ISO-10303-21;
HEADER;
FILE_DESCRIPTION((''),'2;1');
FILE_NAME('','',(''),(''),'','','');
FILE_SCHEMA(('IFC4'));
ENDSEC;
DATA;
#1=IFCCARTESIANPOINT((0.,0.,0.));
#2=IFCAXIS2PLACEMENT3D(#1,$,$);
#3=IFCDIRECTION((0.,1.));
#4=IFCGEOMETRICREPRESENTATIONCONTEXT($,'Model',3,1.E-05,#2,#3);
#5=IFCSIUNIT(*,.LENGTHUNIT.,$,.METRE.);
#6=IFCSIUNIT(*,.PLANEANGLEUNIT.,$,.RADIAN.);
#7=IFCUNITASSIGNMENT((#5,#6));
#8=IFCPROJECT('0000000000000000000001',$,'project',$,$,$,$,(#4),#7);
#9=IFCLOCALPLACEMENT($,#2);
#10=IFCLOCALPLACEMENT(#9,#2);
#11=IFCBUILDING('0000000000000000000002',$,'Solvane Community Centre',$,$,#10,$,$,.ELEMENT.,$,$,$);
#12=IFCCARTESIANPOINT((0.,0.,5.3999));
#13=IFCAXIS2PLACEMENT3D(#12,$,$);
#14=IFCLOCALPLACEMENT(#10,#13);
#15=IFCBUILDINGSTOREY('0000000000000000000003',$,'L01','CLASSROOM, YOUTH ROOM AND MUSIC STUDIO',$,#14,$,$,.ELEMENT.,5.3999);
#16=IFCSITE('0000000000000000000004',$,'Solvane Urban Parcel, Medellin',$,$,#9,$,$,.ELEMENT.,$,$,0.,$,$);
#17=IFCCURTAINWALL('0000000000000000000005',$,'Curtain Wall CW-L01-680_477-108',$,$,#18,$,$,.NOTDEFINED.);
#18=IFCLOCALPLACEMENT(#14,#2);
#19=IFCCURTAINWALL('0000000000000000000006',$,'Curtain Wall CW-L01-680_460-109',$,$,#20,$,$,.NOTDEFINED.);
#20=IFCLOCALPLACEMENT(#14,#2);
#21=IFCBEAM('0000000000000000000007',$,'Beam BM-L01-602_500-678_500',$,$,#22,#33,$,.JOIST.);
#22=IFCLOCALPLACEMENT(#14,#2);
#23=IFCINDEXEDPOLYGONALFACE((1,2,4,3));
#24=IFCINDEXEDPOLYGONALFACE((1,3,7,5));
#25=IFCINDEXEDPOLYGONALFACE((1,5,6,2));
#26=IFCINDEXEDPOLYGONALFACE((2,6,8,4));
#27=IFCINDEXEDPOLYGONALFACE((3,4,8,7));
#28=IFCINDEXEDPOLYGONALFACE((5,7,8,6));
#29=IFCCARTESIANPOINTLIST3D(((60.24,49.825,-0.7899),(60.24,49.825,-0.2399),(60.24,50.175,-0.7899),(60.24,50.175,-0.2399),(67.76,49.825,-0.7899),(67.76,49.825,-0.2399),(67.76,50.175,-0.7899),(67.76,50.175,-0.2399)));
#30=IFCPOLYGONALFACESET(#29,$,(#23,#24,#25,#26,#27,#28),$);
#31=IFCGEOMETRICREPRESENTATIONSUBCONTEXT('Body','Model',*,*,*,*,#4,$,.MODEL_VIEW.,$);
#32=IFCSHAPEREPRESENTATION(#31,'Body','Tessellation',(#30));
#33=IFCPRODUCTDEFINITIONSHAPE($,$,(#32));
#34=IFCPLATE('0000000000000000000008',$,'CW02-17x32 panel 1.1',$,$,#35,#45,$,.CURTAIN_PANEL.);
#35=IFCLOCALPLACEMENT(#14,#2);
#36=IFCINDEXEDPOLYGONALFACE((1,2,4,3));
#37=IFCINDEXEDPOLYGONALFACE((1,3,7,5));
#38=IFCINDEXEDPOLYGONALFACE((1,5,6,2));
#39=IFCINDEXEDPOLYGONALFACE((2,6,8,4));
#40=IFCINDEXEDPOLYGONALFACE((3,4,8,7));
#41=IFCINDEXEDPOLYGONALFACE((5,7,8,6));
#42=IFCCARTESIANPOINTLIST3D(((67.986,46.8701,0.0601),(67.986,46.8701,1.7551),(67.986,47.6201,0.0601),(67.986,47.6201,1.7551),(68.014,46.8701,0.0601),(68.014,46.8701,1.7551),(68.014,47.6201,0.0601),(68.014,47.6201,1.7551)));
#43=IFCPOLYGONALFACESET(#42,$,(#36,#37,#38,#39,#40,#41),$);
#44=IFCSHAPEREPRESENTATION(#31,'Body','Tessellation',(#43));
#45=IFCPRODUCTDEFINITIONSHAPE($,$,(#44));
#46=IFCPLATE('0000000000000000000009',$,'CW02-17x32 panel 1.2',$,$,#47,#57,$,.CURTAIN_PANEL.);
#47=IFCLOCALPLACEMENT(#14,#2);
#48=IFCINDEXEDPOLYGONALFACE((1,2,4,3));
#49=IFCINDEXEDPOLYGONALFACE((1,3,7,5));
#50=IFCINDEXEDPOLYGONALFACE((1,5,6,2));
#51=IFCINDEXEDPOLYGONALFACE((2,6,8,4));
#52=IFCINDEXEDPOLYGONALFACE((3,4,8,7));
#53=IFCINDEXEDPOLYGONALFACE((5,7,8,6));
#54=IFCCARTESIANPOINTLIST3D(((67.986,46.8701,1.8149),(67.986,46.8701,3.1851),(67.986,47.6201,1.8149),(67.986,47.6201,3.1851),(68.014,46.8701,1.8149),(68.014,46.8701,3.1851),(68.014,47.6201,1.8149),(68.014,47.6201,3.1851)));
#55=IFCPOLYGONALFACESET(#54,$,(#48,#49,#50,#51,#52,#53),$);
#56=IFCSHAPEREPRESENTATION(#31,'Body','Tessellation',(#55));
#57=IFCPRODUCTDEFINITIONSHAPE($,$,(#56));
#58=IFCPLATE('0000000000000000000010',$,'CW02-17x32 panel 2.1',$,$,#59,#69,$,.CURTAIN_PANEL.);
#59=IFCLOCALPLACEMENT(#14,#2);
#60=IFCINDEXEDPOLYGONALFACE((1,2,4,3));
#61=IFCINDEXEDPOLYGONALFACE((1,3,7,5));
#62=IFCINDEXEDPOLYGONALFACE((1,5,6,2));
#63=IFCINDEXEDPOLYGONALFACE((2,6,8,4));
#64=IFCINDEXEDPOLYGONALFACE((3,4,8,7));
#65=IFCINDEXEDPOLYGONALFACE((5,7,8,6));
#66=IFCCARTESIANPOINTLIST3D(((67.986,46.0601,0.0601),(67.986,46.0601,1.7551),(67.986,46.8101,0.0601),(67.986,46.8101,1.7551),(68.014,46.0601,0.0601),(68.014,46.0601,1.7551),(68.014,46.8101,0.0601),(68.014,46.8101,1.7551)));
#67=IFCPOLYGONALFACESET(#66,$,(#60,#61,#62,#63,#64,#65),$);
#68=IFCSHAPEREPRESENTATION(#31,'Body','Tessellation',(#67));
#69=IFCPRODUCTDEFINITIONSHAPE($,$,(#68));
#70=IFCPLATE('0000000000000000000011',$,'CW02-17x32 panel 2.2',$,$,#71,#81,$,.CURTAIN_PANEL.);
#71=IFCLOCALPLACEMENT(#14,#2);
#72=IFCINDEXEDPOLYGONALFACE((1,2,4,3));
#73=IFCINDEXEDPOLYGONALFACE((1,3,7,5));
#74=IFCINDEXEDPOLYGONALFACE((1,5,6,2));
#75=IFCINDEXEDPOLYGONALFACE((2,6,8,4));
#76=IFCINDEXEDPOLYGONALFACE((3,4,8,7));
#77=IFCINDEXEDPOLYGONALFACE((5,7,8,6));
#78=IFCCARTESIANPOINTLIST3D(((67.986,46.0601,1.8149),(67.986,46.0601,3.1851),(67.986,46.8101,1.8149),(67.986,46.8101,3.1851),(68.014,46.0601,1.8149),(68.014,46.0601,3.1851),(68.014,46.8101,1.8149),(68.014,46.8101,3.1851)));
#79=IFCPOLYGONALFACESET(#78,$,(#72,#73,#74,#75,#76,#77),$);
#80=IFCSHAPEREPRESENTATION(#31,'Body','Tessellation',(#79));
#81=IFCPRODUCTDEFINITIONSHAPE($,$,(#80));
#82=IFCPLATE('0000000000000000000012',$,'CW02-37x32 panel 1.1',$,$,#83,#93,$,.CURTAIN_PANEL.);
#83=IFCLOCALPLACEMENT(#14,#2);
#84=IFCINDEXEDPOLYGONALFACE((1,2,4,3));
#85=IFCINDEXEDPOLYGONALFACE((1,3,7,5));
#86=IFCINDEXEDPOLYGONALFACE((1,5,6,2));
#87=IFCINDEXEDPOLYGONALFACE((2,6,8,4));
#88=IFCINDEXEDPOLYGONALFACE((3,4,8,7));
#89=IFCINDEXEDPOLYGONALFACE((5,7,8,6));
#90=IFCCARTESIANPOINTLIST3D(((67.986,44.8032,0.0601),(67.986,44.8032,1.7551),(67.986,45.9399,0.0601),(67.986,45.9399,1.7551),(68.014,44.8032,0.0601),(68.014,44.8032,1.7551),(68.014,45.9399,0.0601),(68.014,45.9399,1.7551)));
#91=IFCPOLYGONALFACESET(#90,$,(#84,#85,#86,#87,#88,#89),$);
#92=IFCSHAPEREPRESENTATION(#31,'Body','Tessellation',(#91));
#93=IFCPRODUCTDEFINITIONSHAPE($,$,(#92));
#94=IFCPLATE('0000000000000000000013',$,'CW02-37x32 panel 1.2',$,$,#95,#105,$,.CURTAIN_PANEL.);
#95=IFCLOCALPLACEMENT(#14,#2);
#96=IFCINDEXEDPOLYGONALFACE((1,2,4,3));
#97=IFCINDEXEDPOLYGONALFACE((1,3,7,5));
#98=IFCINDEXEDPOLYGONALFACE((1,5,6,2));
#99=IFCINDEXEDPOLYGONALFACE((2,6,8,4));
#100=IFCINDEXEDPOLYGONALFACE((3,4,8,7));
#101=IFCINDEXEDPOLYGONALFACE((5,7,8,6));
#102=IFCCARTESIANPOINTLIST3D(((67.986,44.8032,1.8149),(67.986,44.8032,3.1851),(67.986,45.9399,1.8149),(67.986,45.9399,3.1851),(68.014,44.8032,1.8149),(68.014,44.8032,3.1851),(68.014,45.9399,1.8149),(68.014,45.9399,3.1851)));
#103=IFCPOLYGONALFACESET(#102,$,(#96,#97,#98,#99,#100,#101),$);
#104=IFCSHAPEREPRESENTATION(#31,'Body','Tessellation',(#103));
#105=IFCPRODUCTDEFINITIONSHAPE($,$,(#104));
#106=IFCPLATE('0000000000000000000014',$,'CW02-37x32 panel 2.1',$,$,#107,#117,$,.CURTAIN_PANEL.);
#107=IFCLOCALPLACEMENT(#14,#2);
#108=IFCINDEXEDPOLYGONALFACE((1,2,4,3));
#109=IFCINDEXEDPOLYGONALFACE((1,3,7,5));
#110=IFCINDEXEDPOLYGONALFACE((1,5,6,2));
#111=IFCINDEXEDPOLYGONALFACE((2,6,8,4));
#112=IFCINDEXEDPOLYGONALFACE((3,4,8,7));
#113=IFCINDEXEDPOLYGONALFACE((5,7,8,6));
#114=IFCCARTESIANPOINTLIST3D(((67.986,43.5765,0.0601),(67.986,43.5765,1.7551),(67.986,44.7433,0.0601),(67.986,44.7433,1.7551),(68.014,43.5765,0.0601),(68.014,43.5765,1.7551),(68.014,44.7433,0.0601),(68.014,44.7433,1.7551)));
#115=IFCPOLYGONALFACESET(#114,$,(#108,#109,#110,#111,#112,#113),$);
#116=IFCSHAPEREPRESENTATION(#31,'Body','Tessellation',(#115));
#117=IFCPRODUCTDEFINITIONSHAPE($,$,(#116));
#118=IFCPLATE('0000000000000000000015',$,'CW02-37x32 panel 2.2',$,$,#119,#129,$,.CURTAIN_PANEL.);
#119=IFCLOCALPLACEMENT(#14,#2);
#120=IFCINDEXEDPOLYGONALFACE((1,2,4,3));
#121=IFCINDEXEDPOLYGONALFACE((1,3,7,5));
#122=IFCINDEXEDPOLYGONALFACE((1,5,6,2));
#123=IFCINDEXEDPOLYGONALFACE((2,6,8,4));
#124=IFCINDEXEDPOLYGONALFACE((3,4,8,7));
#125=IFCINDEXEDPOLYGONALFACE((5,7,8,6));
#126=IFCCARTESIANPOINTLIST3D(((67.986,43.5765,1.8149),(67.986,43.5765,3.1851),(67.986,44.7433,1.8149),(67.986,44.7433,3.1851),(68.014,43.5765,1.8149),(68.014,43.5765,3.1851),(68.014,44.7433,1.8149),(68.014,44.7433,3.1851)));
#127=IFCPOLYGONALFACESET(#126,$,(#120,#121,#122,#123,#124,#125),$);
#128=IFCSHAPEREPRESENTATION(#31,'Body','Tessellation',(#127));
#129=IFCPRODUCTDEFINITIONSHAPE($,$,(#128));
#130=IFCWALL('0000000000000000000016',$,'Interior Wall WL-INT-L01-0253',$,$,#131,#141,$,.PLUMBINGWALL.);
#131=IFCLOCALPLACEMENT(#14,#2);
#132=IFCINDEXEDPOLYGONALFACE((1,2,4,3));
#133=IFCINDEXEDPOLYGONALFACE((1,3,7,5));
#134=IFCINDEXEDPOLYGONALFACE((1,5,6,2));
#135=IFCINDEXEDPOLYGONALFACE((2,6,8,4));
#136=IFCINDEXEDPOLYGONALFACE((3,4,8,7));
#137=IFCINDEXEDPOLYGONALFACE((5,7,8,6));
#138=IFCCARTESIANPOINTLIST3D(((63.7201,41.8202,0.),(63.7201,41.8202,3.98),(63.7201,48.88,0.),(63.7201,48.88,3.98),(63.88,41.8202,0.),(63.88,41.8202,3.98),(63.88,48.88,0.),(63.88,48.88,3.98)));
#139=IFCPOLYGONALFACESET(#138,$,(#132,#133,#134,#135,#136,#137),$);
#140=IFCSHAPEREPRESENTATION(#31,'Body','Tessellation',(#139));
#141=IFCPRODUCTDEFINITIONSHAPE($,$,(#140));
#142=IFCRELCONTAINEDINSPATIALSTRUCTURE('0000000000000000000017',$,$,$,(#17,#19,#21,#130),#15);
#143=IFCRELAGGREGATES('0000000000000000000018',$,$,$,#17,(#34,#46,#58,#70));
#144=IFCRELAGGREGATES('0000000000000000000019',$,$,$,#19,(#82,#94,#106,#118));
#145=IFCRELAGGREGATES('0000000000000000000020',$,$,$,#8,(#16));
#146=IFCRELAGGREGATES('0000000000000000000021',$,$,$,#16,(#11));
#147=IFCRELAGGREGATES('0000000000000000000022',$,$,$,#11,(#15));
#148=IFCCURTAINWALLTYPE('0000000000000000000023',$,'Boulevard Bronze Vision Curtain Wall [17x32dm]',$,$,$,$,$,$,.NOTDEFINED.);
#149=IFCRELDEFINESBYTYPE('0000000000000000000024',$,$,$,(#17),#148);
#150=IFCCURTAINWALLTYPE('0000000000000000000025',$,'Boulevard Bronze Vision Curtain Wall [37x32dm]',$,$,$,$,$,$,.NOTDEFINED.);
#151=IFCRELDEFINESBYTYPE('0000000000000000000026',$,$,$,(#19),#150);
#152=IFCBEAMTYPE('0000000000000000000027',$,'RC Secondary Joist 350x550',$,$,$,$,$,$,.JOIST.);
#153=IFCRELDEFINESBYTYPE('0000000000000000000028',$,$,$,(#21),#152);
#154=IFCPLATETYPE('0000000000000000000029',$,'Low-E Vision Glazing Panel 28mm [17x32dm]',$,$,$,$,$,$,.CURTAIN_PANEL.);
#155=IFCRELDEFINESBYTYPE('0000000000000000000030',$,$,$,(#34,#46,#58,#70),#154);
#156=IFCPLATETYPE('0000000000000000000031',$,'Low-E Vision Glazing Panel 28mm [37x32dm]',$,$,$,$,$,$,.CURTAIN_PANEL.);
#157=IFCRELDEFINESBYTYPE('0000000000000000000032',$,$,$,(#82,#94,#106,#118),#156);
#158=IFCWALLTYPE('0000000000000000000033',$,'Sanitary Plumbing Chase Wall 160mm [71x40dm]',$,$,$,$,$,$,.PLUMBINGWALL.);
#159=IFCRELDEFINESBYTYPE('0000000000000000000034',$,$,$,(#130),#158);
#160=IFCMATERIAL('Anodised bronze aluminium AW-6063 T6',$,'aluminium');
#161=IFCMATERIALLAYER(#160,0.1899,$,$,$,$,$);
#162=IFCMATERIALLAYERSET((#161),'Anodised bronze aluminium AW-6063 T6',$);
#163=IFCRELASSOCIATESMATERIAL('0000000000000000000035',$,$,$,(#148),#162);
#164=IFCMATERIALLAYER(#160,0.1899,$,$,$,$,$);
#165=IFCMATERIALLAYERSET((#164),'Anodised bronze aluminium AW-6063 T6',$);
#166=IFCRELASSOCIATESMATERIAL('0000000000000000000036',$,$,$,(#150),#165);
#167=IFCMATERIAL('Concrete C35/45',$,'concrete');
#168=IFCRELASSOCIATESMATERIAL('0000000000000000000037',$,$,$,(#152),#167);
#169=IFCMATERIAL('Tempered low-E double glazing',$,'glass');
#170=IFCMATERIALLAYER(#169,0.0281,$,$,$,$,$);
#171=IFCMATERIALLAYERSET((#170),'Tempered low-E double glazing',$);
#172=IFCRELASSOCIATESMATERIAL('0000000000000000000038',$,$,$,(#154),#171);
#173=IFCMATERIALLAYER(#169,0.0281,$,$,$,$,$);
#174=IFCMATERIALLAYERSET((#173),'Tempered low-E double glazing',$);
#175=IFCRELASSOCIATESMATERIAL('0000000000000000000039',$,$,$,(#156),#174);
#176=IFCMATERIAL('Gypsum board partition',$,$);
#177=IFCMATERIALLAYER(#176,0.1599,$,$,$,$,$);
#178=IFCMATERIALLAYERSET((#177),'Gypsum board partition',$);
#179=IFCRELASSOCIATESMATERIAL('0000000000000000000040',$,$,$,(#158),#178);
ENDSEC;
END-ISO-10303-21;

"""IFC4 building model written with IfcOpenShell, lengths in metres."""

from ifc_helpers import new_model, si_unit, direction, frame, frame_2d, origin, origin_2d, place, context, subcontext, project, spatial, rectangle, extrude, material, layer, layer_set, material_profile, profile_set, type_object, element, aggregate, save


model = new_model("IFC4")

# Units and contexts
model_context = context("Model", 3, precision=1e-05, world=origin(), true_north=direction((0.0, 1.0)))
body_context = subcontext(model_context, "Body", "Model", "MODEL_VIEW")
ifc_project = project(units=[si_unit("LENGTHUNIT", "METRE"), si_unit("PLANEANGLEUNIT", "RADIAN")], contexts=[model_context])

# Site, building, storey
site_placement = place(None, origin())
site = spatial("IfcSite", under=ifc_project, at=site_placement, Name="Solvane Urban Parcel, Medellin", CompositionType="ELEMENT", RefElevation=0.0)
building_placement = place(site_placement, origin())
building = spatial("IfcBuilding", under=site, at=building_placement, Name="Solvane Community Centre", CompositionType="ELEMENT")
storey_placement = place(building_placement, frame((0.0, 0.0, 5.3999)))
storey = spatial("IfcBuildingStorey", under=building, at=storey_placement, Name="L01", Description="CLASSROOM, YOUTH ROOM AND MUSIC STUDIO", CompositionType="ELEMENT", Elevation=5.3999)

# Curtain walls
ifc_material_1 = material(Name="Anodised bronze aluminium AW-6063 T6", Category="aluminium")
ifc_layer_1 = layer(ifc_material_1, 0.1899)
ifc_layer_set_1 = layer_set([ifc_layer_1], Name="Anodised bronze aluminium AW-6063 T6")
curtain_wall_type_1 = type_object("IfcCurtainWallType", Name="Boulevard Bronze Vision Curtain Wall [17x32dm]", PredefinedType="NOTDEFINED", material=ifc_layer_set_1)
curtain_wall_1_placement = place(storey_placement, origin())
curtain_wall_1 = element("IfcCurtainWall", 1, at=curtain_wall_1_placement, inside=storey, type_object=curtain_wall_type_1, Name="Curtain Wall CW-L01-680_477-108", PredefinedType="NOTDEFINED")
ifc_layer_2 = layer(ifc_material_1, 0.1899)
ifc_layer_set_2 = layer_set([ifc_layer_2], Name="Anodised bronze aluminium AW-6063 T6")
curtain_wall_type_2 = type_object("IfcCurtainWallType", Name="Boulevard Bronze Vision Curtain Wall [37x32dm]", PredefinedType="NOTDEFINED", material=ifc_layer_set_2)
curtain_wall_2_placement = place(storey_placement, origin())
curtain_wall_2 = element("IfcCurtainWall", 2, at=curtain_wall_2_placement, inside=storey, type_object=curtain_wall_type_2, Name="Curtain Wall CW-L01-680_460-109", PredefinedType="NOTDEFINED")

# Beam
ifc_material_2 = material(Name="Concrete C35/45", Category="concrete")
ifc_material_profile_1 = material_profile(ifc_material_2, rectangle(XDim=0.3501, YDim=0.55, at=origin_2d()), Name="RC 350x550")
ifc_profile_set_1 = profile_set([ifc_material_profile_1], Name="Concrete C35/45")
beam_type = type_object("IfcBeamType", Name="RC Secondary Joist 350x550", PredefinedType="JOIST", material=ifc_profile_set_1)
for number, where, z_axis, x_axis, name in (
    (3, (60.24, 50.0, -0.5149), (1.0, 0.0, 0.0), (0.0, 1.0, 0.0), "Beam BM-L01-602_500-678_500"),
):
    element("IfcBeam", number, at=place(storey_placement, frame(where, z_axis=z_axis, x_axis=x_axis)), inside=storey, type_object=beam_type, Name=name, PredefinedType="JOIST", context=body_context, shape_type="SweptSolid", body=[
        extrude(rectangle(XDim=0.3501, YDim=0.55, at=origin_2d()), origin(), (0.0, 0.0, 1.0), 7.52),
    ])

# Plates
ifc_material_3 = material(Name="Tempered low-E double glazing", Category="glass")
ifc_layer_3 = layer(ifc_material_3, 0.0281)
ifc_layer_set_3 = layer_set([ifc_layer_3], Name="Tempered low-E double glazing")
plate_type_1 = type_object("IfcPlateType", Name="Low-E Vision Glazing Panel 28mm [17x32dm]", PredefinedType="CURTAIN_PANEL", material=ifc_layer_set_3)
plate_1_placement = place(storey_placement, frame((68.0, 47.2451, 0.0601), z_axis=(0.0, 0.0, 1.0), x_axis=(0.0, -1.0, 0.0)))
plate_1 = element("IfcPlate", 4, at=plate_1_placement, type_object=plate_type_1, Name="CW02-17x32 panel 1.1", PredefinedType="CURTAIN_PANEL", context=body_context, shape_type="SweptSolid", body=[
    extrude(rectangle(XDim=0.75, YDim=0.0281, at=origin_2d()), origin(), (0.0, 0.0, 1.0), 1.6951),
])
plate_2_placement = place(storey_placement, frame((68.0, 47.2451, 1.8149), z_axis=(0.0, 0.0, 1.0), x_axis=(0.0, -1.0, 0.0)))
plate_2 = element("IfcPlate", 5, at=plate_2_placement, type_object=plate_type_1, Name="CW02-17x32 panel 1.2", PredefinedType="CURTAIN_PANEL", context=body_context, shape_type="SweptSolid", body=[
    extrude(rectangle(XDim=0.75, YDim=0.0281, at=origin_2d()), origin(), (0.0, 0.0, 1.0), 1.3701),
])
plate_3_placement = place(storey_placement, frame((68.0, 46.4351, 0.0601), z_axis=(0.0, 0.0, 1.0), x_axis=(0.0, -1.0, 0.0)))
plate_3 = element("IfcPlate", 6, at=plate_3_placement, type_object=plate_type_1, Name="CW02-17x32 panel 2.1", PredefinedType="CURTAIN_PANEL", context=body_context, shape_type="SweptSolid", body=[
    extrude(rectangle(XDim=0.75, YDim=0.0281, at=origin_2d()), origin(), (0.0, 0.0, 1.0), 1.6951),
])
plate_4_placement = place(storey_placement, frame((68.0, 46.4351, 1.8149), z_axis=(0.0, 0.0, 1.0), x_axis=(0.0, -1.0, 0.0)))
plate_4 = element("IfcPlate", 7, at=plate_4_placement, type_object=plate_type_1, Name="CW02-17x32 panel 2.2", PredefinedType="CURTAIN_PANEL", context=body_context, shape_type="SweptSolid", body=[
    extrude(rectangle(XDim=0.75, YDim=0.0281, at=origin_2d()), origin(), (0.0, 0.0, 1.0), 1.3701),
])
aggregate(curtain_wall_1, [plate_1, plate_2, plate_3, plate_4])
ifc_layer_4 = layer(ifc_material_3, 0.0281)
ifc_layer_set_4 = layer_set([ifc_layer_4], Name="Tempered low-E double glazing")
plate_type_2 = type_object("IfcPlateType", Name="Low-E Vision Glazing Panel 28mm [37x32dm]", PredefinedType="CURTAIN_PANEL", material=ifc_layer_set_4)
plate_5_placement = place(storey_placement, frame((68.0, 45.3716, 0.0601), z_axis=(0.0, 0.0, 1.0), x_axis=(0.0, -1.0, 0.0)))
plate_5 = element("IfcPlate", 8, at=plate_5_placement, type_object=plate_type_2, Name="CW02-37x32 panel 1.1", PredefinedType="CURTAIN_PANEL", context=body_context, shape_type="SweptSolid", body=[
    extrude(rectangle(XDim=1.1367, YDim=0.0281, at=origin_2d()), origin(), (0.0, 0.0, 1.0), 1.6951),
])
plate_6_placement = place(storey_placement, frame((68.0, 45.3716, 1.8149), z_axis=(0.0, 0.0, 1.0), x_axis=(0.0, -1.0, 0.0)))
plate_6 = element("IfcPlate", 9, at=plate_6_placement, type_object=plate_type_2, Name="CW02-37x32 panel 1.2", PredefinedType="CURTAIN_PANEL", context=body_context, shape_type="SweptSolid", body=[
    extrude(rectangle(XDim=1.1367, YDim=0.0281, at=origin_2d()), origin(), (0.0, 0.0, 1.0), 1.3701),
])
plate_7_placement = place(storey_placement, frame((68.0, 44.1599, 0.0601), z_axis=(0.0, 0.0, 1.0), x_axis=(0.0, -1.0, 0.0)))
plate_7 = element("IfcPlate", 10, at=plate_7_placement, type_object=plate_type_2, Name="CW02-37x32 panel 2.1", PredefinedType="CURTAIN_PANEL", context=body_context, shape_type="SweptSolid", body=[
    extrude(rectangle(XDim=1.1667, YDim=0.0281, at=origin_2d()), origin(), (0.0, 0.0, 1.0), 1.6951),
])
plate_8_placement = place(storey_placement, frame((68.0, 44.1599, 1.8149), z_axis=(0.0, 0.0, 1.0), x_axis=(0.0, -1.0, 0.0)))
plate_8 = element("IfcPlate", 11, at=plate_8_placement, type_object=plate_type_2, Name="CW02-37x32 panel 2.2", PredefinedType="CURTAIN_PANEL", context=body_context, shape_type="SweptSolid", body=[
    extrude(rectangle(XDim=1.1667, YDim=0.0281, at=origin_2d()), origin(), (0.0, 0.0, 1.0), 1.3701),
])
aggregate(curtain_wall_2, [plate_5, plate_6, plate_7, plate_8])

# Shared definitions
ifc_material_4 = material(Name="Gypsum board partition")

# Wall
ifc_layer_5 = layer(ifc_material_4, 0.1599)
ifc_layer_set_5 = layer_set([ifc_layer_5], Name="Gypsum board partition")
wall_type_1 = type_object("IfcWallType", Name="Sanitary Plumbing Chase Wall 160mm [71x40dm]", PredefinedType="PLUMBINGWALL", material=ifc_layer_set_5)
wall_1_placement = place(storey_placement, frame((63.8, 48.8799, 0.0), z_axis=(0.0, 0.0, 1.0), x_axis=(0.0, -1.0, 0.0)))
element("IfcWall", 12, at=wall_1_placement, inside=storey, type_object=wall_type_1, Name="Interior Wall WL-INT-L01-0253", PredefinedType="PLUMBINGWALL", context=body_context, shape_type="SweptSolid", body=[
    extrude(rectangle(XDim=7.0598, YDim=0.1599, at=frame_2d((3.5298, 0.0))), origin(), (0.0, 0.0, 1.0), 3.98),
])

save(model, "model.ifc")
